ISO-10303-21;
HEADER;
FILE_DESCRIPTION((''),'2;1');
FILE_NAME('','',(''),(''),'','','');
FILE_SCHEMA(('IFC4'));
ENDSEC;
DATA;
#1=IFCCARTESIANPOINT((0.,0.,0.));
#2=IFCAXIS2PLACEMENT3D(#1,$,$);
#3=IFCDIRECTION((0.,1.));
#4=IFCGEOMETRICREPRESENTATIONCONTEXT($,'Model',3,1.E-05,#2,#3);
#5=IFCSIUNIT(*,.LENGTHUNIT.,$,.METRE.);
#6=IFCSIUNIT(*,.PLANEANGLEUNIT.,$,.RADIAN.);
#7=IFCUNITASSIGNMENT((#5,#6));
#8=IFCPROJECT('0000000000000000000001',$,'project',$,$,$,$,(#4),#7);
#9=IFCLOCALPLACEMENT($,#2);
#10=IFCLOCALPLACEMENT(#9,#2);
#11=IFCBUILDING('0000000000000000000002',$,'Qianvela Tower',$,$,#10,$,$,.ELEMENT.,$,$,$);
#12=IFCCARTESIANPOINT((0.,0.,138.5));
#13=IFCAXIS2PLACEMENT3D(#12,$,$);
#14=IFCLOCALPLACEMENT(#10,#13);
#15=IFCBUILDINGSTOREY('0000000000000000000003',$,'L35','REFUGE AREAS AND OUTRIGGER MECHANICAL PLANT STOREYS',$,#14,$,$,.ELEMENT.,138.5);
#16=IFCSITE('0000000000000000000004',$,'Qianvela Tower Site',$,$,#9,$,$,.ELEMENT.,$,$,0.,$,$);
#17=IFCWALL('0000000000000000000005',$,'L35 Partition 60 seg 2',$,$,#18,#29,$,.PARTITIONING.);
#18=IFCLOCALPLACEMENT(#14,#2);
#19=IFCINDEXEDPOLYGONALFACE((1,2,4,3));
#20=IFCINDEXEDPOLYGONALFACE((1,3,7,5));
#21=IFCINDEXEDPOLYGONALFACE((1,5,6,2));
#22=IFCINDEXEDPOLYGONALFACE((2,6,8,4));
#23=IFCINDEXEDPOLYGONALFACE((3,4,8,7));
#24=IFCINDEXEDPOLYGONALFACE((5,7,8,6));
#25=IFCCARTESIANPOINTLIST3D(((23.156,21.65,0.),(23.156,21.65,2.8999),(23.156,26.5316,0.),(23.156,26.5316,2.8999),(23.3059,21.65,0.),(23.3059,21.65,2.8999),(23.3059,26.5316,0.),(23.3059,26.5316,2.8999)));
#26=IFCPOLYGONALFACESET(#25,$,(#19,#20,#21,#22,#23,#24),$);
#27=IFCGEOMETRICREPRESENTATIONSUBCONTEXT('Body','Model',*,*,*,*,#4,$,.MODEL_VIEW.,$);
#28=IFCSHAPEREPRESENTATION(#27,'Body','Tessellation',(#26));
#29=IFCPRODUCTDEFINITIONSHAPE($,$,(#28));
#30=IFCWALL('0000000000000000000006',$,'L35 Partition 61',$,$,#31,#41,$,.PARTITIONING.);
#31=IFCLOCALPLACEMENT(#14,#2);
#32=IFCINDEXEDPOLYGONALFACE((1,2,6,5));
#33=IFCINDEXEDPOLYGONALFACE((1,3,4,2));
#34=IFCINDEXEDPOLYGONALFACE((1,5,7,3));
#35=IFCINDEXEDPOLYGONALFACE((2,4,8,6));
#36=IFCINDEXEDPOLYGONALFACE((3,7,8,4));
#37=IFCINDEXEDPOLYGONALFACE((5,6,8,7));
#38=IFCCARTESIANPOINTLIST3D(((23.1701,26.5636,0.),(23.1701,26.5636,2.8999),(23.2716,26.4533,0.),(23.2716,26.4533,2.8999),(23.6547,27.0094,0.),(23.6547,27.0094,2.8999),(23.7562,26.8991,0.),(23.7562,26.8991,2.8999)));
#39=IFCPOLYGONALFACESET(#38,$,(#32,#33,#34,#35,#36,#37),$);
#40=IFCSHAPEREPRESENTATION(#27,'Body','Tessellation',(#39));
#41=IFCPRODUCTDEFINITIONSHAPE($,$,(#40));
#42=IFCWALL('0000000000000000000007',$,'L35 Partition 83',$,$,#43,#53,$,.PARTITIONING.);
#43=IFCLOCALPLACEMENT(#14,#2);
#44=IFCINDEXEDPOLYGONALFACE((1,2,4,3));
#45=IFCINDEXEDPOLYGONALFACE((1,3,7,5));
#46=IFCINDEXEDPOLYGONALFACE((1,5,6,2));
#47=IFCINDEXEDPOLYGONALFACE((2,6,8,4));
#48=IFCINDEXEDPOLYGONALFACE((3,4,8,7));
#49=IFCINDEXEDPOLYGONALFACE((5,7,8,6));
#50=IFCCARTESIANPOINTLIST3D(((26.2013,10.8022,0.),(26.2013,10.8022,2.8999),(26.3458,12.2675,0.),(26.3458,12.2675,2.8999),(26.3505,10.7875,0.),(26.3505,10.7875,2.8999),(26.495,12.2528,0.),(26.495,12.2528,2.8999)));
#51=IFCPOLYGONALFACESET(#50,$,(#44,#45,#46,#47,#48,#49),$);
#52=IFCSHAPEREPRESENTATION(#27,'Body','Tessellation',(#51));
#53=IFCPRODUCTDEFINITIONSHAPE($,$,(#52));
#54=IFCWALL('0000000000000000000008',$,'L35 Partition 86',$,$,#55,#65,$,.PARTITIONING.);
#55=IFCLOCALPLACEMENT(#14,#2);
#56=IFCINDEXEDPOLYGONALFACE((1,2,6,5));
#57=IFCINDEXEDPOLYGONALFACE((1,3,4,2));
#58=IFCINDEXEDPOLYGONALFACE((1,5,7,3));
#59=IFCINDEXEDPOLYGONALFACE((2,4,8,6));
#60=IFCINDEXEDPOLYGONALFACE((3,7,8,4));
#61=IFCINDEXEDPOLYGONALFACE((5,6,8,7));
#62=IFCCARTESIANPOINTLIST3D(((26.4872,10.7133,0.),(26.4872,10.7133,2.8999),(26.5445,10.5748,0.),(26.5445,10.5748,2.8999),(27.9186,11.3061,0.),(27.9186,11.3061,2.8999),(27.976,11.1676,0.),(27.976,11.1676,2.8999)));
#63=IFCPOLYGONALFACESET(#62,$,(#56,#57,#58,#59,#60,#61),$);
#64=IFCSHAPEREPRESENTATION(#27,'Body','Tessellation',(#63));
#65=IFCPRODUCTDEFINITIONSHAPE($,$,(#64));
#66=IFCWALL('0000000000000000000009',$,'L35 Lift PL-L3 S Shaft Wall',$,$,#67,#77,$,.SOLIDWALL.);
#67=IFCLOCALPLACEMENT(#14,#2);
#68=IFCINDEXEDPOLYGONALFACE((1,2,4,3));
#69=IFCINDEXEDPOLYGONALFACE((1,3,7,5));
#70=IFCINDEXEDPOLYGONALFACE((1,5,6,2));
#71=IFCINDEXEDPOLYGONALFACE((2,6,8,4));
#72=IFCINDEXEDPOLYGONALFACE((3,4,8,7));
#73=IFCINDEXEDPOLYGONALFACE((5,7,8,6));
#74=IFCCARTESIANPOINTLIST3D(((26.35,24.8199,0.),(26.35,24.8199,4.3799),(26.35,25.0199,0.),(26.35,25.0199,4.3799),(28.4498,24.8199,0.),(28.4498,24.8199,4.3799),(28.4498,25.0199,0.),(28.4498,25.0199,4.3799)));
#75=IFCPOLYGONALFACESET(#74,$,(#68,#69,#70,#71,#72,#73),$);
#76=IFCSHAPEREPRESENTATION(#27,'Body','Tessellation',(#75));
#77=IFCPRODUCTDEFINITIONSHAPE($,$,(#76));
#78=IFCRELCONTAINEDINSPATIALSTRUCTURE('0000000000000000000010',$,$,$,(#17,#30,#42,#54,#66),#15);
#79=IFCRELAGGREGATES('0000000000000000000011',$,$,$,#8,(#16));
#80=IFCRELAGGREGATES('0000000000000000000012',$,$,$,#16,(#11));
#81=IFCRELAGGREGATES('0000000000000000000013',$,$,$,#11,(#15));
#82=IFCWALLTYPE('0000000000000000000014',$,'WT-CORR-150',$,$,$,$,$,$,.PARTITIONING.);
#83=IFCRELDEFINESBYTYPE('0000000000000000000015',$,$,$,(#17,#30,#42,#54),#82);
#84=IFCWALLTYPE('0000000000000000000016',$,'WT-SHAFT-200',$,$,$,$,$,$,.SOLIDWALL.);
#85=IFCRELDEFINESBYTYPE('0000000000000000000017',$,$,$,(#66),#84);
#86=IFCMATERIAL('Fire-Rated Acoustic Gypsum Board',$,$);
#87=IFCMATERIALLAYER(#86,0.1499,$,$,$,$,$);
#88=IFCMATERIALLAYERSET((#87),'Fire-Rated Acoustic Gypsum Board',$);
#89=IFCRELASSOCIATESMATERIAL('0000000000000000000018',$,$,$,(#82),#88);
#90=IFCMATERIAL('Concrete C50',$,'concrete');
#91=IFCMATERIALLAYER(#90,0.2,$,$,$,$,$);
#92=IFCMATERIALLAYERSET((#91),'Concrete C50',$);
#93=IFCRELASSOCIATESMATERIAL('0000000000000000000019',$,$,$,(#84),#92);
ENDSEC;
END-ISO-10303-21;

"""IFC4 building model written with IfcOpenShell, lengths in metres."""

from ifc_helpers import new_model, si_unit, direction, frame, frame_2d, origin, place, context, subcontext, project, spatial, rectangle, extrude, material, layer, layer_set, type_object, element, save


model = new_model("IFC4")

# Units and contexts
model_context = context("Model", 3, precision=1e-05, world=origin(), true_north=direction((0.0, 1.0)))
body_context = subcontext(model_context, "Body", "Model", "MODEL_VIEW")
ifc_project = project(units=[si_unit("LENGTHUNIT", "METRE"), si_unit("PLANEANGLEUNIT", "RADIAN")], contexts=[model_context])

# Site, building, storey
site_placement = place(None, origin())
site = spatial("IfcSite", under=ifc_project, at=site_placement, Name="Qianvela Tower Site", CompositionType="ELEMENT", RefElevation=0.0)
building_placement = place(site_placement, origin())
building = spatial("IfcBuilding", under=site, at=building_placement, Name="Qianvela Tower", CompositionType="ELEMENT")
storey_placement = place(building_placement, frame((0.0, 0.0, 138.5)))
storey = spatial("IfcBuildingStorey", under=building, at=storey_placement, Name="L35", Description="REFUGE AREAS AND OUTRIGGER MECHANICAL PLANT STOREYS", CompositionType="ELEMENT", Elevation=138.5)

# Shared definitions
ifc_material_1 = material(Name="Fire-Rated Acoustic Gypsum Board")
ifc_layer_1 = layer(ifc_material_1, 0.1499)
ifc_layer_set_1 = layer_set([ifc_layer_1], Name="Fire-Rated Acoustic Gypsum Board")
wall_type_1 = type_object("IfcWallType", Name="WT-CORR-150", PredefinedType="PARTITIONING", material=ifc_layer_set_1)

# Walls
wall_1_placement = place(storey_placement, frame((23.231, 21.6499, 0.0), z_axis=(0.0, 0.0, 1.0), x_axis=(0.0, 1.0, 0.0)))
element("IfcWall", 1, at=wall_1_placement, inside=storey, type_object=wall_type_1, Name="L35 Partition 60 seg 2", PredefinedType="PARTITIONING", context=body_context, shape_type="SweptSolid", body=[
    extrude(rectangle(XDim=4.8816, YDim=0.1499, at=frame_2d((2.4409, 0.0))), origin(), (0.0, 0.0, 1.0), 2.8999),
])
wall_2_placement = place(storey_placement, frame((23.2209, 26.5085, 0.0), z_axis=(0.0, 0.0, 1.0), x_axis=(0.735968, 0.677016, 0.0)))
element("IfcWall", 2, at=wall_2_placement, inside=storey, type_object=wall_type_1, Name="L35 Partition 61", PredefinedType="PARTITIONING", context=body_context, shape_type="SweptSolid", body=[
    extrude(rectangle(XDim=0.6584, YDim=0.1499, at=frame_2d((0.3291, 0.0))), origin(), (0.0, 0.0, 1.0), 2.8999),
])
wall_3_placement = place(storey_placement, frame((26.4204, 12.2603, 0.0), z_axis=(0.0, 0.0, 1.0), x_axis=(-0.098157, -0.995171, 0.0)))
element("IfcWall", 3, at=wall_3_placement, inside=storey, type_object=wall_type_1, Name="L35 Partition 83", PredefinedType="PARTITIONING", context=body_context, shape_type="SweptSolid", body=[
    extrude(rectangle(XDim=1.4724, YDim=0.1499, at=frame_2d((0.7363, 0.0))), origin(), (0.0, 0.0, 1.0), 2.8999),
])
wall_4_placement = place(storey_placement, frame((26.5159, 10.644, 0.0), z_axis=(0.0, 0.0, 1.0), x_axis=(0.923909, 0.382612, 0.0)))
element("IfcWall", 4, at=wall_4_placement, inside=storey, type_object=wall_type_1, Name="L35 Partition 86", PredefinedType="PARTITIONING", context=body_context, shape_type="SweptSolid", body=[
    extrude(rectangle(XDim=1.5493, YDim=0.1499, at=frame_2d((0.7747, 0.0))), origin(), (0.0, 0.0, 1.0), 2.8999),
])

# Shared definitions
ifc_material_2 = material(Name="Concrete C50", Category="concrete")
ifc_layer_2 = layer(ifc_material_2, 0.2)
ifc_layer_set_2 = layer_set([ifc_layer_2], Name="Concrete C50")
wall_type_2 = type_object("IfcWallType", Name="WT-SHAFT-200", PredefinedType="SOLIDWALL", material=ifc_layer_set_2)

# Wall
wall_5_placement = place(storey_placement, frame((26.3501, 24.9199, 0.0), z_axis=(0.0, 0.0, 1.0), x_axis=(1.0, 0.0, 0.0)))
element("IfcWall", 5, at=wall_5_placement, inside=storey, type_object=wall_type_2, Name="L35 Lift PL-L3 S Shaft Wall", PredefinedType="SOLIDWALL", context=body_context, shape_type="SweptSolid", body=[
    extrude(rectangle(XDim=2.0999, YDim=0.2, at=frame_2d((1.0498, 0.0))), origin(), (0.0, 0.0, 1.0), 4.3799),
])

save(model, "model.ifc")
